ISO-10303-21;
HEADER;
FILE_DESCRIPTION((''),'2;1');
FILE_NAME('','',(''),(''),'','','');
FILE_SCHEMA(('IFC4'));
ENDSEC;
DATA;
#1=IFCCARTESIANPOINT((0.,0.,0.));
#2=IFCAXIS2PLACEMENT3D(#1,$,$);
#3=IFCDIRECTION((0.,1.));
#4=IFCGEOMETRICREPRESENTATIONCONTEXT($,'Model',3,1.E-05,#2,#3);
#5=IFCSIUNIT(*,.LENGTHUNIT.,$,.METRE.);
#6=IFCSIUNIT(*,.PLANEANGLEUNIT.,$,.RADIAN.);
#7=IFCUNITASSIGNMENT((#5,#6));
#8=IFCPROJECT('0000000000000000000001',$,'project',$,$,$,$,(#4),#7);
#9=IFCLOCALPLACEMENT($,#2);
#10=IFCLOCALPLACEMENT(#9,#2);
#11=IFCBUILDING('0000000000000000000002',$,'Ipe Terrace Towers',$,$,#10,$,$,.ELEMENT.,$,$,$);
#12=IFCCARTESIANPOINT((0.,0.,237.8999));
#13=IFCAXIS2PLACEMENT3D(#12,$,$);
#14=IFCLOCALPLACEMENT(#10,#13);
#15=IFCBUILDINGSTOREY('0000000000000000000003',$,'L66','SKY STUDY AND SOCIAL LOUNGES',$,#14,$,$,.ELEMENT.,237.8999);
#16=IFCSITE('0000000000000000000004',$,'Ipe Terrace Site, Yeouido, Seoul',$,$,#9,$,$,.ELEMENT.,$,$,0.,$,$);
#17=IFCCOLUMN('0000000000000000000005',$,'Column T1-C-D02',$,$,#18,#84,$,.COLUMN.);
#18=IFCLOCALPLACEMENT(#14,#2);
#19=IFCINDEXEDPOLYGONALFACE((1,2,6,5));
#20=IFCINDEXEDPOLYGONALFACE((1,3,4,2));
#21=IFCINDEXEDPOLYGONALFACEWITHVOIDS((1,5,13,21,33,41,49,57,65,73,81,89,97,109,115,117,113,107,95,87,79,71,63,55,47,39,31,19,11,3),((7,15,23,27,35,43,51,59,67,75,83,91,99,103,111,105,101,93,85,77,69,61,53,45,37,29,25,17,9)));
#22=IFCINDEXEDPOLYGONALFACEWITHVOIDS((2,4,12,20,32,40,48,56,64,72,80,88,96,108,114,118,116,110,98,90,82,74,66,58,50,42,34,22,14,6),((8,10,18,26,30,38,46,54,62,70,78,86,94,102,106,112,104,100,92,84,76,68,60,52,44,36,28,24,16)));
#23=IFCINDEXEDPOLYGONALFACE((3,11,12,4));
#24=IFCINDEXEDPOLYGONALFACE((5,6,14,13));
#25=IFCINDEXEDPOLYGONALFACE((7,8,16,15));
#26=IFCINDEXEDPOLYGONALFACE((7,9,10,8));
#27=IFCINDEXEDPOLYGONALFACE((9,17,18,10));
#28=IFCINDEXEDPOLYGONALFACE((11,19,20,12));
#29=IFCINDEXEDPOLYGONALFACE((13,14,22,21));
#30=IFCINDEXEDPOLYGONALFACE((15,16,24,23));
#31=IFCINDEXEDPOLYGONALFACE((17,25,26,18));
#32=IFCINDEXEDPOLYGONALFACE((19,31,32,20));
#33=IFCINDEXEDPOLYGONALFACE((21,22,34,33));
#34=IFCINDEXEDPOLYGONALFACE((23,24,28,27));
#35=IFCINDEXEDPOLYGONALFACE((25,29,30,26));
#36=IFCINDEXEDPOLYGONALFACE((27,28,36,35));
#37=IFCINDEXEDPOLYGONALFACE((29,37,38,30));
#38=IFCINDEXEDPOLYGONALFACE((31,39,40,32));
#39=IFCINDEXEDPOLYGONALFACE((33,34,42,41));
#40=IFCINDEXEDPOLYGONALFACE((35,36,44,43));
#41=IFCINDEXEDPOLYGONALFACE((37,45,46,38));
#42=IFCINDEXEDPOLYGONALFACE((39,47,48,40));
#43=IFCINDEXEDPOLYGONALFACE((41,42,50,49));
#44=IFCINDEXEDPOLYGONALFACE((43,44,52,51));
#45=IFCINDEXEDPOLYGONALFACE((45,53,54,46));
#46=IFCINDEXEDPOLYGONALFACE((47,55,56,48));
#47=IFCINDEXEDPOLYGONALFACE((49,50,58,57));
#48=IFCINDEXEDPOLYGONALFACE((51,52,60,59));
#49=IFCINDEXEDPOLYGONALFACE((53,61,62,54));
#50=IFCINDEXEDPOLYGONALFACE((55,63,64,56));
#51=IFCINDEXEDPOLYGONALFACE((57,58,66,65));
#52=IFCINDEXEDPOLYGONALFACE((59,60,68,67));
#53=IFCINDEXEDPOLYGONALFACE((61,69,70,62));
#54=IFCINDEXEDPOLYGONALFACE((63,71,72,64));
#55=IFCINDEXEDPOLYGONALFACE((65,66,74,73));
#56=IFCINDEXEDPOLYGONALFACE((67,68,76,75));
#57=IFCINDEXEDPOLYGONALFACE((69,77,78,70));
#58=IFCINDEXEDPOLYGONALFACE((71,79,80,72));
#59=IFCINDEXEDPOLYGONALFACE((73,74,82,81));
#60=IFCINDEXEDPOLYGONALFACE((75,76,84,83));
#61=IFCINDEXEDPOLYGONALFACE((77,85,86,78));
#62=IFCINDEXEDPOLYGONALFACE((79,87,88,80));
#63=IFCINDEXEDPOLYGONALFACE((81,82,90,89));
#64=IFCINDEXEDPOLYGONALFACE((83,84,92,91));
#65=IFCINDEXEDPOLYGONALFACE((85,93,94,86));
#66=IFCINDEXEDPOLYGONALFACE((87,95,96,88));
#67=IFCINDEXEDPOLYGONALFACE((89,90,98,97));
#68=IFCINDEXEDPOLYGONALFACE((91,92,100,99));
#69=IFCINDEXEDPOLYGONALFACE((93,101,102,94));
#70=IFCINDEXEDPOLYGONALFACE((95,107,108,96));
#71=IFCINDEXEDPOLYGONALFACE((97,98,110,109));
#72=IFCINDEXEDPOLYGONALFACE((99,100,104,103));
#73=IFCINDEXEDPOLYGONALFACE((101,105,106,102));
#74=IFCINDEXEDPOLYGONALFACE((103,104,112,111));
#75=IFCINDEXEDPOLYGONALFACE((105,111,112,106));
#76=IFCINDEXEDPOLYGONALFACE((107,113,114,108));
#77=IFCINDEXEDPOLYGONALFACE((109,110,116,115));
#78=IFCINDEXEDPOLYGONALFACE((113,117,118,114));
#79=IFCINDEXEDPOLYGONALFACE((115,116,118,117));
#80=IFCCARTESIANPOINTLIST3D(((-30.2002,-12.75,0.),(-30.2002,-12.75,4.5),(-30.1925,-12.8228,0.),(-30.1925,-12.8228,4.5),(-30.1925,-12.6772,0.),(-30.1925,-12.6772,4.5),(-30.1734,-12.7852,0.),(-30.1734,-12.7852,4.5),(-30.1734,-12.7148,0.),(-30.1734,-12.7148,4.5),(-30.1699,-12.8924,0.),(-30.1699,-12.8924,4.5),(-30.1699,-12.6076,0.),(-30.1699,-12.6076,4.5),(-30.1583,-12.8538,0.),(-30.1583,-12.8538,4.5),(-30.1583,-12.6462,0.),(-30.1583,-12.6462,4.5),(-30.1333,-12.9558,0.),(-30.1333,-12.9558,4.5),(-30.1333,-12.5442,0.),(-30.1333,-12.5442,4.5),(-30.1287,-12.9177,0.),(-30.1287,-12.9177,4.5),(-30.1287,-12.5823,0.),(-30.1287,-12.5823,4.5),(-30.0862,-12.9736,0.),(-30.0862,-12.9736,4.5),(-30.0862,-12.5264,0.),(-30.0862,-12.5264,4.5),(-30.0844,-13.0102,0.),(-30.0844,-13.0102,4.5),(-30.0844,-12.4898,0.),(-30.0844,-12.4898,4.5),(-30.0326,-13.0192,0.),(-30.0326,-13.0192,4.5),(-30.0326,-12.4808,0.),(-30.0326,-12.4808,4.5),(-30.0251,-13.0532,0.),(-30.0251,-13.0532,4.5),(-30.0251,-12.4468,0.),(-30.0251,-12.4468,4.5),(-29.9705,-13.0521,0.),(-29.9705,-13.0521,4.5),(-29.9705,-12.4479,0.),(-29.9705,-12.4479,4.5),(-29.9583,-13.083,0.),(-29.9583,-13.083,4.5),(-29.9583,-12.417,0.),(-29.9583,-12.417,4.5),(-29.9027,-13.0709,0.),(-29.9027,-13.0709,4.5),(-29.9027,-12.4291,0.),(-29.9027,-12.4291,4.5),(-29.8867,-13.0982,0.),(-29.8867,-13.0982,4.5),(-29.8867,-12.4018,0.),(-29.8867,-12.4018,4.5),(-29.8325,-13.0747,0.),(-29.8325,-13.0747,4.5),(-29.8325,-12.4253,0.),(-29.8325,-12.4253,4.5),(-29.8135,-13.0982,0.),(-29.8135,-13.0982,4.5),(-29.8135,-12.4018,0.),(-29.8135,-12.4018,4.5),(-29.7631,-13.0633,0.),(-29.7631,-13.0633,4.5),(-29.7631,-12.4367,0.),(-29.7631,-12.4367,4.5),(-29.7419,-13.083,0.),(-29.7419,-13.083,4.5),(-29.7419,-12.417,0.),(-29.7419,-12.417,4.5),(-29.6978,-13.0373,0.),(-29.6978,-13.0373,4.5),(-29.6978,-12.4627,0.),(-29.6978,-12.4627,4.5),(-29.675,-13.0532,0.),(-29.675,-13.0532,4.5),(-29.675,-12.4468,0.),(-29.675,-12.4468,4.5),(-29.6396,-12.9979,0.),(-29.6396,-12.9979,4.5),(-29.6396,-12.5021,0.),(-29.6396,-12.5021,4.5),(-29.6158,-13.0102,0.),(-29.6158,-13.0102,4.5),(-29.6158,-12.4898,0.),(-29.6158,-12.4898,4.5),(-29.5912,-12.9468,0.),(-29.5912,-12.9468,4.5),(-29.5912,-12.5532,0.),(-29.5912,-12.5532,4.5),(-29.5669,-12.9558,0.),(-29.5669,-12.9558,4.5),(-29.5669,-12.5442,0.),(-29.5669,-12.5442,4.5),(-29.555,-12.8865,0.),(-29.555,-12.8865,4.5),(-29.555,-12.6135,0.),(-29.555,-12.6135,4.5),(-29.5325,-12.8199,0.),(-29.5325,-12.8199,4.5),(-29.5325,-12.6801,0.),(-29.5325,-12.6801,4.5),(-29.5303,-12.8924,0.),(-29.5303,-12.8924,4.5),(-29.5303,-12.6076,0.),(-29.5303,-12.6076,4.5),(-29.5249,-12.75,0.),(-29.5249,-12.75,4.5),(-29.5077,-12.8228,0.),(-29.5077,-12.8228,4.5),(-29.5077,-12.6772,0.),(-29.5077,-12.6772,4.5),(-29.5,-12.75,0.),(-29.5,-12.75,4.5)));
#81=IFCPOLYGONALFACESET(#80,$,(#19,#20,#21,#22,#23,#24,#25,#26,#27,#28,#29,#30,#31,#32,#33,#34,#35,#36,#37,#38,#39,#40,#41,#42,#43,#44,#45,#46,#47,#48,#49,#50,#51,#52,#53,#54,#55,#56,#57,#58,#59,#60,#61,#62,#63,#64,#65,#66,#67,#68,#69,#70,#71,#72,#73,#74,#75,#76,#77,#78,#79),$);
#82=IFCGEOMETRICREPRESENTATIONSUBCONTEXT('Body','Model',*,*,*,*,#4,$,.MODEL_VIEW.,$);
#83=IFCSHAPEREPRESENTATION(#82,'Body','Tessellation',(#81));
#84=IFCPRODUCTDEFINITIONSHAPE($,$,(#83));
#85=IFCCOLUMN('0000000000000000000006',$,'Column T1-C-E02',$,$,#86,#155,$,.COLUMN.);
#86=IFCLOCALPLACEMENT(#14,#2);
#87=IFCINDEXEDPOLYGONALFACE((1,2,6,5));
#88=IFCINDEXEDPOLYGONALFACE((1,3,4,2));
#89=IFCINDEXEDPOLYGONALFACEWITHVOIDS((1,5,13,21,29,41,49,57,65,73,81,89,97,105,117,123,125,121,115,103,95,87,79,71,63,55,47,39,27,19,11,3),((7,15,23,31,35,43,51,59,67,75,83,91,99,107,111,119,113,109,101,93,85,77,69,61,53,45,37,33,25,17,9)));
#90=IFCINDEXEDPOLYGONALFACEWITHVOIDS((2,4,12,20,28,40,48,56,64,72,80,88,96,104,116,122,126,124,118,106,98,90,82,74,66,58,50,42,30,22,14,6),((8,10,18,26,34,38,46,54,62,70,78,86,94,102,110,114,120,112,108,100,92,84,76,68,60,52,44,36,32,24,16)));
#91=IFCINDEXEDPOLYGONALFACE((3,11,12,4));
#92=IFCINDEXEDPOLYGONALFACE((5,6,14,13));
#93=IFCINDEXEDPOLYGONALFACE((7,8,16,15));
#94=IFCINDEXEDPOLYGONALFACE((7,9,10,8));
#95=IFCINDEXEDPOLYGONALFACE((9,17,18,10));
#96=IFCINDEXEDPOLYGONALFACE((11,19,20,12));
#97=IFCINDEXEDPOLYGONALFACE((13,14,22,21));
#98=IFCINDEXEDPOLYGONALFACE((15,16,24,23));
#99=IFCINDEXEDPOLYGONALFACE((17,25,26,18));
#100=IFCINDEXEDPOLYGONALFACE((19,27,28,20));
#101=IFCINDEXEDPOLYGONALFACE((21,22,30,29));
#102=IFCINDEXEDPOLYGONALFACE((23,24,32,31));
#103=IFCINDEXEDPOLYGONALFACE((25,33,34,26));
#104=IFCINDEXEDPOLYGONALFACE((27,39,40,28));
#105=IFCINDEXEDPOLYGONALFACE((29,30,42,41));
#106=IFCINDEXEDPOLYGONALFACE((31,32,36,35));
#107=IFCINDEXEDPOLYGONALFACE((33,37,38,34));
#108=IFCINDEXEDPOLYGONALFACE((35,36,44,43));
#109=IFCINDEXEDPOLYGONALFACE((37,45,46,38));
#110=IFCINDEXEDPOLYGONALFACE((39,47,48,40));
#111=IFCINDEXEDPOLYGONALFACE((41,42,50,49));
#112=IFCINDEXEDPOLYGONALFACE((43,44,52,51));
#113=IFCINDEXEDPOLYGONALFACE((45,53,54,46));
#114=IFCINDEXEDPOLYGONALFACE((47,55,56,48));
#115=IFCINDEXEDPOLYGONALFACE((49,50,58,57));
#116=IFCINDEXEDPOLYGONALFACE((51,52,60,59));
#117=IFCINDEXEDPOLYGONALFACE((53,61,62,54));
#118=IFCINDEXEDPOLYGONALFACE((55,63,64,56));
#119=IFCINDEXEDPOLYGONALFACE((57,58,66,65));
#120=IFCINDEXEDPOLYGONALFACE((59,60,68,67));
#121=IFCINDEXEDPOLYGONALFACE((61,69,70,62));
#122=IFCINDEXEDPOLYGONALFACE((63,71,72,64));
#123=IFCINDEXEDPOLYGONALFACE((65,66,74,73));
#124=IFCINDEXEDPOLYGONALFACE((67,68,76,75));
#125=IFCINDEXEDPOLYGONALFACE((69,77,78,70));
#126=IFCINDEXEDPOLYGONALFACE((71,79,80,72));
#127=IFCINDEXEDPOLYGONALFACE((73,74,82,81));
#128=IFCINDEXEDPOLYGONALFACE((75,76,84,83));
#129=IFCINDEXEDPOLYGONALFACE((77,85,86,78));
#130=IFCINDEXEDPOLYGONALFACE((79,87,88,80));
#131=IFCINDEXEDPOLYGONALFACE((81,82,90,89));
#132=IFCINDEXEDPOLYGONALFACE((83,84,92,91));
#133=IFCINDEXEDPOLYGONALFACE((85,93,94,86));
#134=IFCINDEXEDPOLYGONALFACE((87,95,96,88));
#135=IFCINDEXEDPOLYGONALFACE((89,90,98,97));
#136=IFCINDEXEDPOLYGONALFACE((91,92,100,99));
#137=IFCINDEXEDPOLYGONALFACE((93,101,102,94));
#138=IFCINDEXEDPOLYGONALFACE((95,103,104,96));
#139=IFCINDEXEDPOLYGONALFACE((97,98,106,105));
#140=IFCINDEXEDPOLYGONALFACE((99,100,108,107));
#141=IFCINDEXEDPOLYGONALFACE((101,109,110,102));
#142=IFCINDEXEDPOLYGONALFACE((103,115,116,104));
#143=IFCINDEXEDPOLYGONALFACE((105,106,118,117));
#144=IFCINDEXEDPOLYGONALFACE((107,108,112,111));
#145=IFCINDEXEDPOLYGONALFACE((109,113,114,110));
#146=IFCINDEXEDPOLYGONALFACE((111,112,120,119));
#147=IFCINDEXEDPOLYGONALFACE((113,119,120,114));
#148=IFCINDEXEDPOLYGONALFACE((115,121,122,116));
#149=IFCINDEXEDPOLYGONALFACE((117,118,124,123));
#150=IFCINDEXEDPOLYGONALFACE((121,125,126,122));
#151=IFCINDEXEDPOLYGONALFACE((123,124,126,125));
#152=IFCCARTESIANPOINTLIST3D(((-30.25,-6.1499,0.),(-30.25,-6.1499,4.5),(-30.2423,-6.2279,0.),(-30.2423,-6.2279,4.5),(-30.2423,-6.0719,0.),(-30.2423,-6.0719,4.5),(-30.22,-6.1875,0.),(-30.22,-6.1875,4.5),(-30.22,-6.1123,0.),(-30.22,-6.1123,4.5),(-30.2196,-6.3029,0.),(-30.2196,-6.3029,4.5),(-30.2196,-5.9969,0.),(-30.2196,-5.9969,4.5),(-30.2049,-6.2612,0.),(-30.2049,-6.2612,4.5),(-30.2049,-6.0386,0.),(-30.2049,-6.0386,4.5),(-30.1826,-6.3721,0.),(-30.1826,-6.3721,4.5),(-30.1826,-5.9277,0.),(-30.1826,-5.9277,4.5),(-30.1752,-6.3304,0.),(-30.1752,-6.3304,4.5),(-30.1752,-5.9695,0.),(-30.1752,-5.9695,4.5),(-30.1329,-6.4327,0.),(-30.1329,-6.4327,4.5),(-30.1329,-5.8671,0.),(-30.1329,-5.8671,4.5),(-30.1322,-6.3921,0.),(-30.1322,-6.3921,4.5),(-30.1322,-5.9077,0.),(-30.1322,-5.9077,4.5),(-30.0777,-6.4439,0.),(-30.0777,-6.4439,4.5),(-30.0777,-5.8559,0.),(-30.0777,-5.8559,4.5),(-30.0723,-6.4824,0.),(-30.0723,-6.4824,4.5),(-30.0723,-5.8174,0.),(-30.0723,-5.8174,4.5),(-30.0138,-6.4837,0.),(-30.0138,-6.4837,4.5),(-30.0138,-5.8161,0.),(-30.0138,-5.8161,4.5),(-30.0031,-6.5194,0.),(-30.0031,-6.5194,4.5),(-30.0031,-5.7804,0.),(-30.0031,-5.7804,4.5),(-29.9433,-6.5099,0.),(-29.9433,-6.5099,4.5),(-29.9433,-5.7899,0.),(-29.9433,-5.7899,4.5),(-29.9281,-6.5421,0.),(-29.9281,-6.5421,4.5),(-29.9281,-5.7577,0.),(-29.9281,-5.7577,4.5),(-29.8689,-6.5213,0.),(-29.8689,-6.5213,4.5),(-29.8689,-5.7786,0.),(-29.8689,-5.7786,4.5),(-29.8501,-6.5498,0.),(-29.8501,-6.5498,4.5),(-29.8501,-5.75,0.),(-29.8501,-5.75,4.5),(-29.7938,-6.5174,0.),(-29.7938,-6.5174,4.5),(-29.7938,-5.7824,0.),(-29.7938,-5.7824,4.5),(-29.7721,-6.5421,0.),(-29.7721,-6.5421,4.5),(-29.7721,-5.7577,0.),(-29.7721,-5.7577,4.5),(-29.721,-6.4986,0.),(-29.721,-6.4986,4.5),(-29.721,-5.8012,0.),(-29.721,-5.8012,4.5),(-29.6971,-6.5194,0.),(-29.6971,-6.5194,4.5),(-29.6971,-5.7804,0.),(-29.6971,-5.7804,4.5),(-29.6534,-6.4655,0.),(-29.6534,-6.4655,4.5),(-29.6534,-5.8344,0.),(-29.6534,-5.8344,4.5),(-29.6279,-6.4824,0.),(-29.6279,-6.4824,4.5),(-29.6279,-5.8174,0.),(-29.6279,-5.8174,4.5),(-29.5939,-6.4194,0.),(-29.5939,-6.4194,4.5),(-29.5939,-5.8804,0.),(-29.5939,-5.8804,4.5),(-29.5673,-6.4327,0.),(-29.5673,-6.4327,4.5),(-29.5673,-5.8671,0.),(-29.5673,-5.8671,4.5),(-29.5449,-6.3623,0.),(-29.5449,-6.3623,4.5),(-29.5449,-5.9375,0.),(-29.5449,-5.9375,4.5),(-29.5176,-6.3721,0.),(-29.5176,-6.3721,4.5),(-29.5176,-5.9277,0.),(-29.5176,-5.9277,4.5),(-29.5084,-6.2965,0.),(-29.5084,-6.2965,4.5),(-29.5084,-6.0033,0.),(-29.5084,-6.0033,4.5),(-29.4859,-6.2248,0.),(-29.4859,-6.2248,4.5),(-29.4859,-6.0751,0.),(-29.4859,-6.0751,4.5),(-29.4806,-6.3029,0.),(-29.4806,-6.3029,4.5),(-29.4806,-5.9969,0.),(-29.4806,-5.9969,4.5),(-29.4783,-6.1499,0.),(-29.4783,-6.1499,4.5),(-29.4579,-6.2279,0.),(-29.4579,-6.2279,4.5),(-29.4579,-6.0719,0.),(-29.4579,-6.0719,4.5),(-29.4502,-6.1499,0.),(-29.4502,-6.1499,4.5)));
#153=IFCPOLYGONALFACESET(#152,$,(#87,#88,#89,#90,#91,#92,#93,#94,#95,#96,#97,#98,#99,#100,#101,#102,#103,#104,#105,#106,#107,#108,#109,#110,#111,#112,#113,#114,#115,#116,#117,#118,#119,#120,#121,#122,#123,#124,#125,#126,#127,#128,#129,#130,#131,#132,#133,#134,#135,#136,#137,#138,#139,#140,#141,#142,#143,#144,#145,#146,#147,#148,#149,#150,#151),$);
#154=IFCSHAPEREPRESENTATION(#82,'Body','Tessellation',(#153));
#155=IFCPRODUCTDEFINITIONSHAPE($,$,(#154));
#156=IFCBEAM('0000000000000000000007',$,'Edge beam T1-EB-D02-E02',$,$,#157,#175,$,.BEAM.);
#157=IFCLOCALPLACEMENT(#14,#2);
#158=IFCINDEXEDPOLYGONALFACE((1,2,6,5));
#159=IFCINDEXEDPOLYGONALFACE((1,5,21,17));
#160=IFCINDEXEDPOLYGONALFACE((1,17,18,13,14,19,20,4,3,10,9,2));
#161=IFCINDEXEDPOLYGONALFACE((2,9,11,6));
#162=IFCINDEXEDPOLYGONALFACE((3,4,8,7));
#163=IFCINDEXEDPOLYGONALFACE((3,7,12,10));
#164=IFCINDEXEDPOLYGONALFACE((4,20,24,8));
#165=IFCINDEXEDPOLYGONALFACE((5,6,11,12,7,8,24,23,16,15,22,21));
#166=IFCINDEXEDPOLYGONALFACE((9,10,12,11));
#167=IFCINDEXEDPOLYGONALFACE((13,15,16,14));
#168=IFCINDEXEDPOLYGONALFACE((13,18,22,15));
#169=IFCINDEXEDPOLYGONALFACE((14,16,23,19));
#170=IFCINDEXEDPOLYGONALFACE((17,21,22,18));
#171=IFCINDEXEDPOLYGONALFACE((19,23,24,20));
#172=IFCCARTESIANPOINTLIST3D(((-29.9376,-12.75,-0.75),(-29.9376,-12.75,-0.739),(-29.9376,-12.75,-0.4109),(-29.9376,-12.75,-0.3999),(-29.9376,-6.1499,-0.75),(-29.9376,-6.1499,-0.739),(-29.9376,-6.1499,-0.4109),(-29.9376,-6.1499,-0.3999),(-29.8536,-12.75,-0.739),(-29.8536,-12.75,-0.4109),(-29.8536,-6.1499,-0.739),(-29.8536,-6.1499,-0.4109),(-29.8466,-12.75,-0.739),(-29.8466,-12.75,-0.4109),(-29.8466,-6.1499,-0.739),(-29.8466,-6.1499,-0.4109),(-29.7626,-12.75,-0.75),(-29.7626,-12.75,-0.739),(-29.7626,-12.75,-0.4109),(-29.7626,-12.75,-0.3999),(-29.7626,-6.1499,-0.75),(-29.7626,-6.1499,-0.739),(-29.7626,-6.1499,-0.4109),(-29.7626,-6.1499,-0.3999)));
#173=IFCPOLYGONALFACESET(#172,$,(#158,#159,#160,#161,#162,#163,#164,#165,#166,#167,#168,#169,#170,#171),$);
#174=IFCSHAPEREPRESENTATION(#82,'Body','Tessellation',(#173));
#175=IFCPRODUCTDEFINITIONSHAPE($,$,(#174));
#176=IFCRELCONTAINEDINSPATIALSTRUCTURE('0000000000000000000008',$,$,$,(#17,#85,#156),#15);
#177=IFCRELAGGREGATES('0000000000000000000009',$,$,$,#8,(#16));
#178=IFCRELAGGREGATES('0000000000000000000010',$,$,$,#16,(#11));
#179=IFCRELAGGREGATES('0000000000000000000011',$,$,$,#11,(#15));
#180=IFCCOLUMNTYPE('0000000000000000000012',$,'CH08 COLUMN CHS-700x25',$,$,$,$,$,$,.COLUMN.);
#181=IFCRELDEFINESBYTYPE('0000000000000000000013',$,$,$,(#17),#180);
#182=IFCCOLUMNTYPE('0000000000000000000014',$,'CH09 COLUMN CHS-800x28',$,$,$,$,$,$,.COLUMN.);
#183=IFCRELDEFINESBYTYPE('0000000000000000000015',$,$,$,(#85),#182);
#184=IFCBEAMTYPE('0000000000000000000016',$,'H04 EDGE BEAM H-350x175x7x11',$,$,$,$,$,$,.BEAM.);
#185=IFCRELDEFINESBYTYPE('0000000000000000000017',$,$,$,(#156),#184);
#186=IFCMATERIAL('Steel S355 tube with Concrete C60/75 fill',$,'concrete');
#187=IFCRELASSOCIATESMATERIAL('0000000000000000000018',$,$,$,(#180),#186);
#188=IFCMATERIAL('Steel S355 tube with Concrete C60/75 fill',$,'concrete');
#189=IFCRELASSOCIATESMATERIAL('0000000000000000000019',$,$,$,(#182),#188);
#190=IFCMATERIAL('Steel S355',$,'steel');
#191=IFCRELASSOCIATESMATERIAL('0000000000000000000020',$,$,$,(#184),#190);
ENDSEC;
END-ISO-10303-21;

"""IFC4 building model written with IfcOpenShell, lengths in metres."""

from ifc_helpers import new_model, si_unit, direction, frame, origin, origin_2d, place, context, subcontext, project, spatial, hollow_circle, i_section, extrude, material, material_profile, profile_set, type_object, element, save


model = new_model("IFC4")

# Units and contexts
model_context = context("Model", 3, precision=1e-05, world=origin(), true_north=direction((0.0, 1.0)))
body_context = subcontext(model_context, "Body", "Model", "MODEL_VIEW")
ifc_project = project(units=[si_unit("LENGTHUNIT", "METRE"), si_unit("PLANEANGLEUNIT", "RADIAN")], contexts=[model_context])

# Site, building, storey
site_placement = place(None, origin())
site = spatial("IfcSite", under=ifc_project, at=site_placement, Name="Ipe Terrace Site, Yeouido, Seoul", CompositionType="ELEMENT", RefElevation=0.0)
building_placement = place(site_placement, origin())
building = spatial("IfcBuilding", under=site, at=building_placement, Name="Ipe Terrace Towers", CompositionType="ELEMENT")
storey_placement = place(building_placement, frame((0.0, 0.0, 237.8999)))
storey = spatial("IfcBuildingStorey", under=building, at=storey_placement, Name="L66", Description="SKY STUDY AND SOCIAL LOUNGES", CompositionType="ELEMENT", Elevation=237.8999)

# Columns
ifc_material_1 = material(Name="Steel S355 tube with Concrete C60/75 fill", Category="concrete")
ifc_material_profile_1 = material_profile(ifc_material_1, hollow_circle(Radius=0.3501, WallThickness=0.0249, at=origin_2d()), Name="CHS-700x25")
ifc_profile_set_1 = profile_set([ifc_material_profile_1], Name="Steel S355 tube with Concrete C60/75 fill")
column_type_1 = type_object("IfcColumnType", Name="CH08 COLUMN CHS-700x25", PredefinedType="COLUMN", material=ifc_profile_set_1)
column_1_placement = place(storey_placement, frame((-29.8501, -12.75, 0.0), z_axis=(0.0, 0.0, 1.0), x_axis=(1.0, 0.0, 0.0)))
element("IfcColumn", 1, at=column_1_placement, inside=storey, type_object=column_type_1, Name="Column T1-C-D02", PredefinedType="COLUMN", context=body_context, shape_type="SweptSolid", body=[
    extrude(hollow_circle(Radius=0.3501, WallThickness=0.0249, at=origin_2d()), origin(), (0.0, 0.0, 1.0), 4.5),
])
ifc_material_2 = material(Name="Steel S355 tube with Concrete C60/75 fill", Category="concrete")
ifc_material_profile_2 = material_profile(ifc_material_2, hollow_circle(Radius=0.3999, WallThickness=0.0281, at=origin_2d()), Name="CHS-800x28")
ifc_profile_set_2 = profile_set([ifc_material_profile_2], Name="Steel S355 tube with Concrete C60/75 fill")
column_type_2 = type_object("IfcColumnType", Name="CH09 COLUMN CHS-800x28", PredefinedType="COLUMN", material=ifc_profile_set_2)
column_2_placement = place(storey_placement, frame((-29.8501, -6.1499, 0.0), z_axis=(0.0, 0.0, 1.0), x_axis=(1.0, 0.0, 0.0)))
element("IfcColumn", 2, at=column_2_placement, inside=storey, type_object=column_type_2, Name="Column T1-C-E02", PredefinedType="COLUMN", context=body_context, shape_type="SweptSolid", body=[
    extrude(hollow_circle(Radius=0.3999, WallThickness=0.0281, at=origin_2d()), origin(), (0.0, 0.0, 1.0), 4.5),
])

# Beam
ifc_material_3 = material(Name="Steel S355", Category="steel")
ifc_material_profile_3 = material_profile(ifc_material_3, i_section(OverallWidth=0.175, OverallDepth=0.3501, WebThickness=0.0071, FlangeThickness=0.011, at=origin_2d()), Name="H-350x175x7x11")
ifc_profile_set_3 = profile_set([ifc_material_profile_3], Name="Steel S355")
beam_type = type_object("IfcBeamType", Name="H04 EDGE BEAM H-350x175x7x11", PredefinedType="BEAM", material=ifc_profile_set_3)
beam_placement = place(storey_placement, frame((-29.8501, -12.75, -0.575), z_axis=(0.0, 1.0, 0.0), x_axis=(-1.0, 0.0, 0.0)))
element("IfcBeam", 3, at=beam_placement, inside=storey, type_object=beam_type, Name="Edge beam T1-EB-D02-E02", PredefinedType="BEAM", context=body_context, shape_type="SweptSolid", body=[
    extrude(i_section(OverallWidth=0.175, OverallDepth=0.3501, WebThickness=0.0071, FlangeThickness=0.011, at=origin_2d()), origin(), (0.0, 0.0, 1.0), 6.6001),
])

save(model, "model.ifc")
